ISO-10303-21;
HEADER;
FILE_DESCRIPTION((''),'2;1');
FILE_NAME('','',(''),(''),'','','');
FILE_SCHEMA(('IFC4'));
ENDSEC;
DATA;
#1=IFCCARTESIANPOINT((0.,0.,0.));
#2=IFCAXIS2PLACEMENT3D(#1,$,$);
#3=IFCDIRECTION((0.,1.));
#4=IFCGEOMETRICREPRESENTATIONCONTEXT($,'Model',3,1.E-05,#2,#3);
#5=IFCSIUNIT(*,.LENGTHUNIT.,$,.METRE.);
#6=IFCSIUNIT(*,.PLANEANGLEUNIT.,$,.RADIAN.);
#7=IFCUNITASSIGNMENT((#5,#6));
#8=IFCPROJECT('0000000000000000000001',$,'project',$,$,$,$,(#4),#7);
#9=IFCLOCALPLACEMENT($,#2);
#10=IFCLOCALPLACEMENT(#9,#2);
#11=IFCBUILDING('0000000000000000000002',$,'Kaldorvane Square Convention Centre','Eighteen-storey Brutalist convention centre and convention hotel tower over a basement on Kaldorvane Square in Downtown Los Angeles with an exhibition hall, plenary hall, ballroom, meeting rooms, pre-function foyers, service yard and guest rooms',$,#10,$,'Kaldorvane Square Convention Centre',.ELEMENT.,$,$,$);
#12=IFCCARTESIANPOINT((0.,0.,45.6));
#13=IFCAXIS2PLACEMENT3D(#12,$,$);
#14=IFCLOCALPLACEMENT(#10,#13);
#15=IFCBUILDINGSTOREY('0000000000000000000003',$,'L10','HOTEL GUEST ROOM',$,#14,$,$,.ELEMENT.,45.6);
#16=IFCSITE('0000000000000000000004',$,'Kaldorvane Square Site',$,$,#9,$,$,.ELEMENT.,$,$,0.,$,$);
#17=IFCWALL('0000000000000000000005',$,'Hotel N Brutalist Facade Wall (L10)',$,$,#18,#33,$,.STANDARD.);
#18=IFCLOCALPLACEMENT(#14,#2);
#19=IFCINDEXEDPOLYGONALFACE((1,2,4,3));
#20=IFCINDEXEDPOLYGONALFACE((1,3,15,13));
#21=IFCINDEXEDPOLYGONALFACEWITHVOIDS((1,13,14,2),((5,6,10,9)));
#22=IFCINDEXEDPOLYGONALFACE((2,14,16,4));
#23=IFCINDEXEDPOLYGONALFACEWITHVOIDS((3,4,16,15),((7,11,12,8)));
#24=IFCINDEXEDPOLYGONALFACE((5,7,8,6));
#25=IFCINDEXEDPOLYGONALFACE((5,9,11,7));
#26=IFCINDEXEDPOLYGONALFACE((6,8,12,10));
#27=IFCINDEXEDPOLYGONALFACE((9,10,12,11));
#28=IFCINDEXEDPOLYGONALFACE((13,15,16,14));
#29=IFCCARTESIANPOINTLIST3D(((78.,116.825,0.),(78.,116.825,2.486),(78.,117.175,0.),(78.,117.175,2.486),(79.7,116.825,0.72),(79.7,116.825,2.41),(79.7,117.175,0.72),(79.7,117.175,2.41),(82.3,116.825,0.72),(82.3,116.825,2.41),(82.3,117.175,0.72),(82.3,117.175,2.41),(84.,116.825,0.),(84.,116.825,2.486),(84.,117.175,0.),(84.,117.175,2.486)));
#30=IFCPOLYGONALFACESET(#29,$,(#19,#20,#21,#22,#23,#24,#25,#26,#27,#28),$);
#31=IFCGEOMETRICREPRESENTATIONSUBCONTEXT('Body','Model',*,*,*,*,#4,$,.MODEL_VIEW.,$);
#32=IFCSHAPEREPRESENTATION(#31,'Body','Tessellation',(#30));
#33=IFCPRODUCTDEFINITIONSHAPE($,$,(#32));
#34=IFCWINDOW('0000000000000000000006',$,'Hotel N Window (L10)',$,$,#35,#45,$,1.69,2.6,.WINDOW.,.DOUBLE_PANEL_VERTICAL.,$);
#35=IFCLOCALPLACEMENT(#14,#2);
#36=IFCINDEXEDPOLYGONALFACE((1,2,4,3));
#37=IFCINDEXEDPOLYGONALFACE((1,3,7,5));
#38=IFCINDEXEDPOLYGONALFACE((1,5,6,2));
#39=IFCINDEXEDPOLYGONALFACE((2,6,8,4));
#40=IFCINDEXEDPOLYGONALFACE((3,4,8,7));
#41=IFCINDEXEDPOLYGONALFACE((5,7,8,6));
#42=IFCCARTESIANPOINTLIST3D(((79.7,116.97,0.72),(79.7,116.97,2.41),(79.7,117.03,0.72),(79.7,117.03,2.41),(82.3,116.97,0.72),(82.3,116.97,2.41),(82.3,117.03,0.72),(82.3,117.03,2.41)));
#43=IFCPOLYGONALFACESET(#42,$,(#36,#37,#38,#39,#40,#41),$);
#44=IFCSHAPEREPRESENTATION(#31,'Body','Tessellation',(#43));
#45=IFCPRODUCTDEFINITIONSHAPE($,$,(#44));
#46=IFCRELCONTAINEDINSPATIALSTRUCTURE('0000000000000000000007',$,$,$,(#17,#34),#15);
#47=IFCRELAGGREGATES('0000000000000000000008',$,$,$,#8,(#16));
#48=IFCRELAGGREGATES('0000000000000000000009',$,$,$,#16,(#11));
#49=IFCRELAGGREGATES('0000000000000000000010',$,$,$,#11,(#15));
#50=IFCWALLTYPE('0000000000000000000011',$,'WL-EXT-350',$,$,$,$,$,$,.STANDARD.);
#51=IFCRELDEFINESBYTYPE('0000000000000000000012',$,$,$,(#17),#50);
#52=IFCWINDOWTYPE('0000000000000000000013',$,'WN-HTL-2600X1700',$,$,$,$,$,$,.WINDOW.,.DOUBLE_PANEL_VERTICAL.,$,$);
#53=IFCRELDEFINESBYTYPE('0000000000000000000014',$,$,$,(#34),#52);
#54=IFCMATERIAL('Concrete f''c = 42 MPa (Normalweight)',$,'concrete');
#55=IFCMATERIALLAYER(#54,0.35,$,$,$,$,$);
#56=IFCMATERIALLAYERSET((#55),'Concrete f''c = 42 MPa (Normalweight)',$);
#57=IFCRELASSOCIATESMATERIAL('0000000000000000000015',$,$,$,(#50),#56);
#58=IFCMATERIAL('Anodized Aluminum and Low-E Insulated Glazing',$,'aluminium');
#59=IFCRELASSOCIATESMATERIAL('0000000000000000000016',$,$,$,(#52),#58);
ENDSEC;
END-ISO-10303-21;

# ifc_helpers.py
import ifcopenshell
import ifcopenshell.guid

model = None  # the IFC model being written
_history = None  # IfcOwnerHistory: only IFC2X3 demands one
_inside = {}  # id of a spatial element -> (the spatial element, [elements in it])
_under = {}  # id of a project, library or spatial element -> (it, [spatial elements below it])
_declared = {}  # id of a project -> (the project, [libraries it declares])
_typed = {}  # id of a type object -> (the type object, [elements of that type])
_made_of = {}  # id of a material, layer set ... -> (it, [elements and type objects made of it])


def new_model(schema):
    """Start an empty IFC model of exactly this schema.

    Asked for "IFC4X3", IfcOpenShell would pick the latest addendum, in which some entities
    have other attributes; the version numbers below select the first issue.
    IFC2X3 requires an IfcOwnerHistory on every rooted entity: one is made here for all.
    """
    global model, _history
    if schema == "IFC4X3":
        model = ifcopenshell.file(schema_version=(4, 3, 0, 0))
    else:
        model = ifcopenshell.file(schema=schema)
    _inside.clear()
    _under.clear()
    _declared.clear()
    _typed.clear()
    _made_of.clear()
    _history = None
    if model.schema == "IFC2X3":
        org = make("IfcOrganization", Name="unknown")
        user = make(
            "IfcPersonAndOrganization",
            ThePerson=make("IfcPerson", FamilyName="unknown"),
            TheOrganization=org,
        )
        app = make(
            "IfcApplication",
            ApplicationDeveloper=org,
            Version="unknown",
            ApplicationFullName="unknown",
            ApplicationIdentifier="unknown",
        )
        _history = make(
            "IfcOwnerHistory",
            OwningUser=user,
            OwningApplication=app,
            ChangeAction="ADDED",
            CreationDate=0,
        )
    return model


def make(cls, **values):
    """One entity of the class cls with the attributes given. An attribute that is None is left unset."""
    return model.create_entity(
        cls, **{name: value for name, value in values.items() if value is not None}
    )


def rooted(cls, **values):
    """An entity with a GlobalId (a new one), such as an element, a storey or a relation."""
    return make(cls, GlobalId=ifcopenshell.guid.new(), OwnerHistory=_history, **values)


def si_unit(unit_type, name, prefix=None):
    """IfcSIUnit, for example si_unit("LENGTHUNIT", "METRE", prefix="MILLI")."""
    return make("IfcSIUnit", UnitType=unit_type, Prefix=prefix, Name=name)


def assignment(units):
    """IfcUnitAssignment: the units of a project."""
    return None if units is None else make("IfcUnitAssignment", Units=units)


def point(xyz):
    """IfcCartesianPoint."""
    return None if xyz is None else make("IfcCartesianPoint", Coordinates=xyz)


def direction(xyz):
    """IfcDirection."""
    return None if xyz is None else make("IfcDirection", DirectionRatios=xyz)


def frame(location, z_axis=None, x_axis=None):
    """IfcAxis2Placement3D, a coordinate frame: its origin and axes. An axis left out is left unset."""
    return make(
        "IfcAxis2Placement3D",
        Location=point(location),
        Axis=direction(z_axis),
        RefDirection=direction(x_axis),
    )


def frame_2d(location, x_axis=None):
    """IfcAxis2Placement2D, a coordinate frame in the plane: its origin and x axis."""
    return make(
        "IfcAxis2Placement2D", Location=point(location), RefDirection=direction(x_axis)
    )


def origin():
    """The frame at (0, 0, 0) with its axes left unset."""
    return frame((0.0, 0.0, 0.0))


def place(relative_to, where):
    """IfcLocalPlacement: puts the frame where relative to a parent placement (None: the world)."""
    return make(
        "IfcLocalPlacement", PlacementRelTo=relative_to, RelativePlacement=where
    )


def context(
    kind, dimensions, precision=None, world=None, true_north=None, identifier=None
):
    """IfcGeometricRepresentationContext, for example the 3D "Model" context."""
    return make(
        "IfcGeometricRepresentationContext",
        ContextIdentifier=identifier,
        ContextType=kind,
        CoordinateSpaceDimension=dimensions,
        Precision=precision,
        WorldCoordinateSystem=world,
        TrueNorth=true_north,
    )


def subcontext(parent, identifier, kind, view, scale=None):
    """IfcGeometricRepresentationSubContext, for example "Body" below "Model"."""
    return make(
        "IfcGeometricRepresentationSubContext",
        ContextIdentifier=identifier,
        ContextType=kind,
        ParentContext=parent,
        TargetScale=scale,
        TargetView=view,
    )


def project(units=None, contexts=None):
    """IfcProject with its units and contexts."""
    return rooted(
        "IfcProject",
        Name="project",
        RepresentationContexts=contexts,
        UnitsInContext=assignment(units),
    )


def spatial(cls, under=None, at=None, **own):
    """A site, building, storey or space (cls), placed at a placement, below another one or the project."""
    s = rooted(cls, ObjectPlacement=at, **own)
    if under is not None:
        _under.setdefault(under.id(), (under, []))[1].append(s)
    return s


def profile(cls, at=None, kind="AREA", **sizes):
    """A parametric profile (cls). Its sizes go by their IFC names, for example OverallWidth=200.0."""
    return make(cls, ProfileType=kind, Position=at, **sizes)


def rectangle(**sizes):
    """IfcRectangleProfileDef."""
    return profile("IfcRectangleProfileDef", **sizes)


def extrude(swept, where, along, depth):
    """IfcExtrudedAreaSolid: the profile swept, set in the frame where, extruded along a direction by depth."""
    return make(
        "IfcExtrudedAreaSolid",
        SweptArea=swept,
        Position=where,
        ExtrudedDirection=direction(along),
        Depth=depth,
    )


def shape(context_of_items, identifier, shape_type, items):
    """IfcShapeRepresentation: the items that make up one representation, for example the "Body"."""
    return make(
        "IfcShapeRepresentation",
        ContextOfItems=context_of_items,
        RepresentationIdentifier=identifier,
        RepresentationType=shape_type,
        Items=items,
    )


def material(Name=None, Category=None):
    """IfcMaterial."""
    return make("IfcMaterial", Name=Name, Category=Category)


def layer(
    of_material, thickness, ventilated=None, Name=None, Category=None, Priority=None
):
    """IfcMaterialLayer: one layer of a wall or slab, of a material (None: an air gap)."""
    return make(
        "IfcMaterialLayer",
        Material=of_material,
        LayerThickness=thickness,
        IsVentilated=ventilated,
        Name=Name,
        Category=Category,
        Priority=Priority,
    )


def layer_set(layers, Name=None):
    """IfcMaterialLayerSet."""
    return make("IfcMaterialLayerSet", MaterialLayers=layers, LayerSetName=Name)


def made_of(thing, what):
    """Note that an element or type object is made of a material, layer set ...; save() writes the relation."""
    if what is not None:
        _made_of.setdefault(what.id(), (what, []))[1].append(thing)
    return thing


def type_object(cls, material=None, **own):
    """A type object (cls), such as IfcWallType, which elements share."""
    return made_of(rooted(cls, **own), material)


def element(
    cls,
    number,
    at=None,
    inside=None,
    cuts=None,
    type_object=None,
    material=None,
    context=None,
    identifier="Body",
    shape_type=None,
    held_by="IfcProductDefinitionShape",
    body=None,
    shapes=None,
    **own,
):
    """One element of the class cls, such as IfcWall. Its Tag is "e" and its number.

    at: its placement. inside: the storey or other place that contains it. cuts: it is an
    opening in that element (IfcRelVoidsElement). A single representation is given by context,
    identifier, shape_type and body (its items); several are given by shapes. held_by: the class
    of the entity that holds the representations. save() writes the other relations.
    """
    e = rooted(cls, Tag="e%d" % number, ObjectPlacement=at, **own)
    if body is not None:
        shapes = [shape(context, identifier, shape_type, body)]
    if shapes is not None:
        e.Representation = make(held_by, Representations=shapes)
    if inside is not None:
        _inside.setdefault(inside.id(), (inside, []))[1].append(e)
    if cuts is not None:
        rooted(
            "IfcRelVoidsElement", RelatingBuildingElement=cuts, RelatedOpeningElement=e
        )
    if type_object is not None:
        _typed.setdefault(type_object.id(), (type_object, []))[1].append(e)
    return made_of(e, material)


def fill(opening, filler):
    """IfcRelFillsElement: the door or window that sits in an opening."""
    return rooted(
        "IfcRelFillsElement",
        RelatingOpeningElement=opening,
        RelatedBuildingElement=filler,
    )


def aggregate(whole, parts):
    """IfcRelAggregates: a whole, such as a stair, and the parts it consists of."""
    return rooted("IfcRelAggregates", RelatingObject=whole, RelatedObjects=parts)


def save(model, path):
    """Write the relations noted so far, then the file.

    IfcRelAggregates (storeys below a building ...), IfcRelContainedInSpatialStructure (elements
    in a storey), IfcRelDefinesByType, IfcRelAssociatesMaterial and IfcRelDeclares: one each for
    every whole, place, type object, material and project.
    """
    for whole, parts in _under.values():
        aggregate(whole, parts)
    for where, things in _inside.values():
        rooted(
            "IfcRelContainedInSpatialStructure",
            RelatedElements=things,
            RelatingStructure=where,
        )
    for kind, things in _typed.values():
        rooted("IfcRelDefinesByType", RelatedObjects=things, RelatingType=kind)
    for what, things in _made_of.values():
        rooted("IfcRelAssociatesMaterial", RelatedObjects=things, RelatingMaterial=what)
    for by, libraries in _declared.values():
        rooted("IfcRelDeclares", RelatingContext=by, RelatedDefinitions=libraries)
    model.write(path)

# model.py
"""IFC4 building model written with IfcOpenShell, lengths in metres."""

from ifc_helpers import new_model, si_unit, direction, frame, frame_2d, origin, place, context, subcontext, project, spatial, rectangle, extrude, material, layer, layer_set, type_object, element, fill, save


model = new_model("IFC4")

# Units and contexts
model_context = context("Model", 3, precision=1e-05, world=origin(), true_north=direction((0.0, 1.0)))
body_context = subcontext(model_context, "Body", "Model", "MODEL_VIEW")
ifc_project = project(units=[si_unit("LENGTHUNIT", "METRE"), si_unit("PLANEANGLEUNIT", "RADIAN")], contexts=[model_context])

# Site, building, storey
site_placement = place(None, origin())
site = spatial("IfcSite", under=ifc_project, at=site_placement, Name="Kaldorvane Square Site", CompositionType="ELEMENT", RefElevation=0.0)
building_placement = place(site_placement, origin())
building = spatial("IfcBuilding", under=site, at=building_placement, Name="Kaldorvane Square Convention Centre", Description="Eighteen-storey Brutalist convention centre and convention hotel tower over a basement on Kaldorvane Square in Downtown Los Angeles with an exhibition hall, plenary hall, ballroom, meeting rooms, pre-function foyers, service yard and guest rooms", LongName="Kaldorvane Square Convention Centre", CompositionType="ELEMENT")
storey_placement = place(building_placement, frame((0.0, 0.0, 45.6)))
storey = spatial("IfcBuildingStorey", under=building, at=storey_placement, Name="L10", Description="HOTEL GUEST ROOM", CompositionType="ELEMENT", Elevation=45.6)

# Shared definitions
ifc_material_1 = material(Name="Concrete f'c = 42 MPa (Normalweight)", Category="concrete")

# Shared definitions
ifc_material_2 = material(Name="Anodized Aluminum and Low-E Insulated Glazing", Category="aluminium")

# Shared definitions
ifc_layer_1 = layer(ifc_material_1, 0.35)
ifc_layer_set_1 = layer_set([ifc_layer_1], Name="Concrete f'c = 42 MPa (Normalweight)")
wall_type_1 = type_object("IfcWallType", Name="WL-EXT-350", PredefinedType="STANDARD", material=ifc_layer_set_1)
window_type_1 = type_object("IfcWindowType", Name="WN-HTL-2600X1700", PartitioningType="DOUBLE_PANEL_VERTICAL", PredefinedType="WINDOW", material=ifc_material_2)

# Wall, opening, window
wall_1_placement = place(storey_placement, frame((84.0, 117.0, 0.0), z_axis=(0.0, 0.0, 1.0), x_axis=(-1.0, 0.0, 0.0)))
wall_1 = element("IfcWall", 1, at=wall_1_placement, inside=storey, type_object=wall_type_1, Name="Hotel N Brutalist Facade Wall (L10)", PredefinedType="STANDARD", context=body_context, shape_type="SweptSolid", body=[
    extrude(rectangle(XDim=6.0, YDim=0.35, at=frame_2d((3.0, 0.0))), origin(), (0.0, 0.0, 1.0), 2.486),
])
opening_1_placement = place(wall_1_placement, frame((1.7, 0.0, 0.72)))
opening_1 = element("IfcOpeningElement", 2, at=opening_1_placement, cuts=wall_1, PredefinedType="OPENING", context=body_context, shape_type="SweptSolid", body=[
    extrude(rectangle(XDim=2.6, YDim=1.69, at=frame_2d((1.3, 0.845))), frame((0.0, 0.19, 0.0), z_axis=(0.0, -1.0, 0.0), x_axis=(1.0, 0.0, 0.0)), (0.0, 0.0, 1.0), 0.38),
])
window_1_placement = place(opening_1_placement, origin())
window_1 = element("IfcWindow", 3, at=window_1_placement, inside=storey, type_object=window_type_1, Name="Hotel N Window (L10)", OverallHeight=1.69, OverallWidth=2.6, PartitioningType="DOUBLE_PANEL_VERTICAL", PredefinedType="WINDOW", context=body_context, shape_type="SweptSolid", body=[
    extrude(rectangle(XDim=2.6, YDim=1.69, at=frame_2d((1.3, 0.845))), frame((0.0, 0.03, 0.0), z_axis=(0.0, -1.0, 0.0), x_axis=(1.0, 0.0, 0.0)), (0.0, 0.0, 1.0), 0.06),
])
fill(opening_1, window_1)

save(model, "model.ifc")
